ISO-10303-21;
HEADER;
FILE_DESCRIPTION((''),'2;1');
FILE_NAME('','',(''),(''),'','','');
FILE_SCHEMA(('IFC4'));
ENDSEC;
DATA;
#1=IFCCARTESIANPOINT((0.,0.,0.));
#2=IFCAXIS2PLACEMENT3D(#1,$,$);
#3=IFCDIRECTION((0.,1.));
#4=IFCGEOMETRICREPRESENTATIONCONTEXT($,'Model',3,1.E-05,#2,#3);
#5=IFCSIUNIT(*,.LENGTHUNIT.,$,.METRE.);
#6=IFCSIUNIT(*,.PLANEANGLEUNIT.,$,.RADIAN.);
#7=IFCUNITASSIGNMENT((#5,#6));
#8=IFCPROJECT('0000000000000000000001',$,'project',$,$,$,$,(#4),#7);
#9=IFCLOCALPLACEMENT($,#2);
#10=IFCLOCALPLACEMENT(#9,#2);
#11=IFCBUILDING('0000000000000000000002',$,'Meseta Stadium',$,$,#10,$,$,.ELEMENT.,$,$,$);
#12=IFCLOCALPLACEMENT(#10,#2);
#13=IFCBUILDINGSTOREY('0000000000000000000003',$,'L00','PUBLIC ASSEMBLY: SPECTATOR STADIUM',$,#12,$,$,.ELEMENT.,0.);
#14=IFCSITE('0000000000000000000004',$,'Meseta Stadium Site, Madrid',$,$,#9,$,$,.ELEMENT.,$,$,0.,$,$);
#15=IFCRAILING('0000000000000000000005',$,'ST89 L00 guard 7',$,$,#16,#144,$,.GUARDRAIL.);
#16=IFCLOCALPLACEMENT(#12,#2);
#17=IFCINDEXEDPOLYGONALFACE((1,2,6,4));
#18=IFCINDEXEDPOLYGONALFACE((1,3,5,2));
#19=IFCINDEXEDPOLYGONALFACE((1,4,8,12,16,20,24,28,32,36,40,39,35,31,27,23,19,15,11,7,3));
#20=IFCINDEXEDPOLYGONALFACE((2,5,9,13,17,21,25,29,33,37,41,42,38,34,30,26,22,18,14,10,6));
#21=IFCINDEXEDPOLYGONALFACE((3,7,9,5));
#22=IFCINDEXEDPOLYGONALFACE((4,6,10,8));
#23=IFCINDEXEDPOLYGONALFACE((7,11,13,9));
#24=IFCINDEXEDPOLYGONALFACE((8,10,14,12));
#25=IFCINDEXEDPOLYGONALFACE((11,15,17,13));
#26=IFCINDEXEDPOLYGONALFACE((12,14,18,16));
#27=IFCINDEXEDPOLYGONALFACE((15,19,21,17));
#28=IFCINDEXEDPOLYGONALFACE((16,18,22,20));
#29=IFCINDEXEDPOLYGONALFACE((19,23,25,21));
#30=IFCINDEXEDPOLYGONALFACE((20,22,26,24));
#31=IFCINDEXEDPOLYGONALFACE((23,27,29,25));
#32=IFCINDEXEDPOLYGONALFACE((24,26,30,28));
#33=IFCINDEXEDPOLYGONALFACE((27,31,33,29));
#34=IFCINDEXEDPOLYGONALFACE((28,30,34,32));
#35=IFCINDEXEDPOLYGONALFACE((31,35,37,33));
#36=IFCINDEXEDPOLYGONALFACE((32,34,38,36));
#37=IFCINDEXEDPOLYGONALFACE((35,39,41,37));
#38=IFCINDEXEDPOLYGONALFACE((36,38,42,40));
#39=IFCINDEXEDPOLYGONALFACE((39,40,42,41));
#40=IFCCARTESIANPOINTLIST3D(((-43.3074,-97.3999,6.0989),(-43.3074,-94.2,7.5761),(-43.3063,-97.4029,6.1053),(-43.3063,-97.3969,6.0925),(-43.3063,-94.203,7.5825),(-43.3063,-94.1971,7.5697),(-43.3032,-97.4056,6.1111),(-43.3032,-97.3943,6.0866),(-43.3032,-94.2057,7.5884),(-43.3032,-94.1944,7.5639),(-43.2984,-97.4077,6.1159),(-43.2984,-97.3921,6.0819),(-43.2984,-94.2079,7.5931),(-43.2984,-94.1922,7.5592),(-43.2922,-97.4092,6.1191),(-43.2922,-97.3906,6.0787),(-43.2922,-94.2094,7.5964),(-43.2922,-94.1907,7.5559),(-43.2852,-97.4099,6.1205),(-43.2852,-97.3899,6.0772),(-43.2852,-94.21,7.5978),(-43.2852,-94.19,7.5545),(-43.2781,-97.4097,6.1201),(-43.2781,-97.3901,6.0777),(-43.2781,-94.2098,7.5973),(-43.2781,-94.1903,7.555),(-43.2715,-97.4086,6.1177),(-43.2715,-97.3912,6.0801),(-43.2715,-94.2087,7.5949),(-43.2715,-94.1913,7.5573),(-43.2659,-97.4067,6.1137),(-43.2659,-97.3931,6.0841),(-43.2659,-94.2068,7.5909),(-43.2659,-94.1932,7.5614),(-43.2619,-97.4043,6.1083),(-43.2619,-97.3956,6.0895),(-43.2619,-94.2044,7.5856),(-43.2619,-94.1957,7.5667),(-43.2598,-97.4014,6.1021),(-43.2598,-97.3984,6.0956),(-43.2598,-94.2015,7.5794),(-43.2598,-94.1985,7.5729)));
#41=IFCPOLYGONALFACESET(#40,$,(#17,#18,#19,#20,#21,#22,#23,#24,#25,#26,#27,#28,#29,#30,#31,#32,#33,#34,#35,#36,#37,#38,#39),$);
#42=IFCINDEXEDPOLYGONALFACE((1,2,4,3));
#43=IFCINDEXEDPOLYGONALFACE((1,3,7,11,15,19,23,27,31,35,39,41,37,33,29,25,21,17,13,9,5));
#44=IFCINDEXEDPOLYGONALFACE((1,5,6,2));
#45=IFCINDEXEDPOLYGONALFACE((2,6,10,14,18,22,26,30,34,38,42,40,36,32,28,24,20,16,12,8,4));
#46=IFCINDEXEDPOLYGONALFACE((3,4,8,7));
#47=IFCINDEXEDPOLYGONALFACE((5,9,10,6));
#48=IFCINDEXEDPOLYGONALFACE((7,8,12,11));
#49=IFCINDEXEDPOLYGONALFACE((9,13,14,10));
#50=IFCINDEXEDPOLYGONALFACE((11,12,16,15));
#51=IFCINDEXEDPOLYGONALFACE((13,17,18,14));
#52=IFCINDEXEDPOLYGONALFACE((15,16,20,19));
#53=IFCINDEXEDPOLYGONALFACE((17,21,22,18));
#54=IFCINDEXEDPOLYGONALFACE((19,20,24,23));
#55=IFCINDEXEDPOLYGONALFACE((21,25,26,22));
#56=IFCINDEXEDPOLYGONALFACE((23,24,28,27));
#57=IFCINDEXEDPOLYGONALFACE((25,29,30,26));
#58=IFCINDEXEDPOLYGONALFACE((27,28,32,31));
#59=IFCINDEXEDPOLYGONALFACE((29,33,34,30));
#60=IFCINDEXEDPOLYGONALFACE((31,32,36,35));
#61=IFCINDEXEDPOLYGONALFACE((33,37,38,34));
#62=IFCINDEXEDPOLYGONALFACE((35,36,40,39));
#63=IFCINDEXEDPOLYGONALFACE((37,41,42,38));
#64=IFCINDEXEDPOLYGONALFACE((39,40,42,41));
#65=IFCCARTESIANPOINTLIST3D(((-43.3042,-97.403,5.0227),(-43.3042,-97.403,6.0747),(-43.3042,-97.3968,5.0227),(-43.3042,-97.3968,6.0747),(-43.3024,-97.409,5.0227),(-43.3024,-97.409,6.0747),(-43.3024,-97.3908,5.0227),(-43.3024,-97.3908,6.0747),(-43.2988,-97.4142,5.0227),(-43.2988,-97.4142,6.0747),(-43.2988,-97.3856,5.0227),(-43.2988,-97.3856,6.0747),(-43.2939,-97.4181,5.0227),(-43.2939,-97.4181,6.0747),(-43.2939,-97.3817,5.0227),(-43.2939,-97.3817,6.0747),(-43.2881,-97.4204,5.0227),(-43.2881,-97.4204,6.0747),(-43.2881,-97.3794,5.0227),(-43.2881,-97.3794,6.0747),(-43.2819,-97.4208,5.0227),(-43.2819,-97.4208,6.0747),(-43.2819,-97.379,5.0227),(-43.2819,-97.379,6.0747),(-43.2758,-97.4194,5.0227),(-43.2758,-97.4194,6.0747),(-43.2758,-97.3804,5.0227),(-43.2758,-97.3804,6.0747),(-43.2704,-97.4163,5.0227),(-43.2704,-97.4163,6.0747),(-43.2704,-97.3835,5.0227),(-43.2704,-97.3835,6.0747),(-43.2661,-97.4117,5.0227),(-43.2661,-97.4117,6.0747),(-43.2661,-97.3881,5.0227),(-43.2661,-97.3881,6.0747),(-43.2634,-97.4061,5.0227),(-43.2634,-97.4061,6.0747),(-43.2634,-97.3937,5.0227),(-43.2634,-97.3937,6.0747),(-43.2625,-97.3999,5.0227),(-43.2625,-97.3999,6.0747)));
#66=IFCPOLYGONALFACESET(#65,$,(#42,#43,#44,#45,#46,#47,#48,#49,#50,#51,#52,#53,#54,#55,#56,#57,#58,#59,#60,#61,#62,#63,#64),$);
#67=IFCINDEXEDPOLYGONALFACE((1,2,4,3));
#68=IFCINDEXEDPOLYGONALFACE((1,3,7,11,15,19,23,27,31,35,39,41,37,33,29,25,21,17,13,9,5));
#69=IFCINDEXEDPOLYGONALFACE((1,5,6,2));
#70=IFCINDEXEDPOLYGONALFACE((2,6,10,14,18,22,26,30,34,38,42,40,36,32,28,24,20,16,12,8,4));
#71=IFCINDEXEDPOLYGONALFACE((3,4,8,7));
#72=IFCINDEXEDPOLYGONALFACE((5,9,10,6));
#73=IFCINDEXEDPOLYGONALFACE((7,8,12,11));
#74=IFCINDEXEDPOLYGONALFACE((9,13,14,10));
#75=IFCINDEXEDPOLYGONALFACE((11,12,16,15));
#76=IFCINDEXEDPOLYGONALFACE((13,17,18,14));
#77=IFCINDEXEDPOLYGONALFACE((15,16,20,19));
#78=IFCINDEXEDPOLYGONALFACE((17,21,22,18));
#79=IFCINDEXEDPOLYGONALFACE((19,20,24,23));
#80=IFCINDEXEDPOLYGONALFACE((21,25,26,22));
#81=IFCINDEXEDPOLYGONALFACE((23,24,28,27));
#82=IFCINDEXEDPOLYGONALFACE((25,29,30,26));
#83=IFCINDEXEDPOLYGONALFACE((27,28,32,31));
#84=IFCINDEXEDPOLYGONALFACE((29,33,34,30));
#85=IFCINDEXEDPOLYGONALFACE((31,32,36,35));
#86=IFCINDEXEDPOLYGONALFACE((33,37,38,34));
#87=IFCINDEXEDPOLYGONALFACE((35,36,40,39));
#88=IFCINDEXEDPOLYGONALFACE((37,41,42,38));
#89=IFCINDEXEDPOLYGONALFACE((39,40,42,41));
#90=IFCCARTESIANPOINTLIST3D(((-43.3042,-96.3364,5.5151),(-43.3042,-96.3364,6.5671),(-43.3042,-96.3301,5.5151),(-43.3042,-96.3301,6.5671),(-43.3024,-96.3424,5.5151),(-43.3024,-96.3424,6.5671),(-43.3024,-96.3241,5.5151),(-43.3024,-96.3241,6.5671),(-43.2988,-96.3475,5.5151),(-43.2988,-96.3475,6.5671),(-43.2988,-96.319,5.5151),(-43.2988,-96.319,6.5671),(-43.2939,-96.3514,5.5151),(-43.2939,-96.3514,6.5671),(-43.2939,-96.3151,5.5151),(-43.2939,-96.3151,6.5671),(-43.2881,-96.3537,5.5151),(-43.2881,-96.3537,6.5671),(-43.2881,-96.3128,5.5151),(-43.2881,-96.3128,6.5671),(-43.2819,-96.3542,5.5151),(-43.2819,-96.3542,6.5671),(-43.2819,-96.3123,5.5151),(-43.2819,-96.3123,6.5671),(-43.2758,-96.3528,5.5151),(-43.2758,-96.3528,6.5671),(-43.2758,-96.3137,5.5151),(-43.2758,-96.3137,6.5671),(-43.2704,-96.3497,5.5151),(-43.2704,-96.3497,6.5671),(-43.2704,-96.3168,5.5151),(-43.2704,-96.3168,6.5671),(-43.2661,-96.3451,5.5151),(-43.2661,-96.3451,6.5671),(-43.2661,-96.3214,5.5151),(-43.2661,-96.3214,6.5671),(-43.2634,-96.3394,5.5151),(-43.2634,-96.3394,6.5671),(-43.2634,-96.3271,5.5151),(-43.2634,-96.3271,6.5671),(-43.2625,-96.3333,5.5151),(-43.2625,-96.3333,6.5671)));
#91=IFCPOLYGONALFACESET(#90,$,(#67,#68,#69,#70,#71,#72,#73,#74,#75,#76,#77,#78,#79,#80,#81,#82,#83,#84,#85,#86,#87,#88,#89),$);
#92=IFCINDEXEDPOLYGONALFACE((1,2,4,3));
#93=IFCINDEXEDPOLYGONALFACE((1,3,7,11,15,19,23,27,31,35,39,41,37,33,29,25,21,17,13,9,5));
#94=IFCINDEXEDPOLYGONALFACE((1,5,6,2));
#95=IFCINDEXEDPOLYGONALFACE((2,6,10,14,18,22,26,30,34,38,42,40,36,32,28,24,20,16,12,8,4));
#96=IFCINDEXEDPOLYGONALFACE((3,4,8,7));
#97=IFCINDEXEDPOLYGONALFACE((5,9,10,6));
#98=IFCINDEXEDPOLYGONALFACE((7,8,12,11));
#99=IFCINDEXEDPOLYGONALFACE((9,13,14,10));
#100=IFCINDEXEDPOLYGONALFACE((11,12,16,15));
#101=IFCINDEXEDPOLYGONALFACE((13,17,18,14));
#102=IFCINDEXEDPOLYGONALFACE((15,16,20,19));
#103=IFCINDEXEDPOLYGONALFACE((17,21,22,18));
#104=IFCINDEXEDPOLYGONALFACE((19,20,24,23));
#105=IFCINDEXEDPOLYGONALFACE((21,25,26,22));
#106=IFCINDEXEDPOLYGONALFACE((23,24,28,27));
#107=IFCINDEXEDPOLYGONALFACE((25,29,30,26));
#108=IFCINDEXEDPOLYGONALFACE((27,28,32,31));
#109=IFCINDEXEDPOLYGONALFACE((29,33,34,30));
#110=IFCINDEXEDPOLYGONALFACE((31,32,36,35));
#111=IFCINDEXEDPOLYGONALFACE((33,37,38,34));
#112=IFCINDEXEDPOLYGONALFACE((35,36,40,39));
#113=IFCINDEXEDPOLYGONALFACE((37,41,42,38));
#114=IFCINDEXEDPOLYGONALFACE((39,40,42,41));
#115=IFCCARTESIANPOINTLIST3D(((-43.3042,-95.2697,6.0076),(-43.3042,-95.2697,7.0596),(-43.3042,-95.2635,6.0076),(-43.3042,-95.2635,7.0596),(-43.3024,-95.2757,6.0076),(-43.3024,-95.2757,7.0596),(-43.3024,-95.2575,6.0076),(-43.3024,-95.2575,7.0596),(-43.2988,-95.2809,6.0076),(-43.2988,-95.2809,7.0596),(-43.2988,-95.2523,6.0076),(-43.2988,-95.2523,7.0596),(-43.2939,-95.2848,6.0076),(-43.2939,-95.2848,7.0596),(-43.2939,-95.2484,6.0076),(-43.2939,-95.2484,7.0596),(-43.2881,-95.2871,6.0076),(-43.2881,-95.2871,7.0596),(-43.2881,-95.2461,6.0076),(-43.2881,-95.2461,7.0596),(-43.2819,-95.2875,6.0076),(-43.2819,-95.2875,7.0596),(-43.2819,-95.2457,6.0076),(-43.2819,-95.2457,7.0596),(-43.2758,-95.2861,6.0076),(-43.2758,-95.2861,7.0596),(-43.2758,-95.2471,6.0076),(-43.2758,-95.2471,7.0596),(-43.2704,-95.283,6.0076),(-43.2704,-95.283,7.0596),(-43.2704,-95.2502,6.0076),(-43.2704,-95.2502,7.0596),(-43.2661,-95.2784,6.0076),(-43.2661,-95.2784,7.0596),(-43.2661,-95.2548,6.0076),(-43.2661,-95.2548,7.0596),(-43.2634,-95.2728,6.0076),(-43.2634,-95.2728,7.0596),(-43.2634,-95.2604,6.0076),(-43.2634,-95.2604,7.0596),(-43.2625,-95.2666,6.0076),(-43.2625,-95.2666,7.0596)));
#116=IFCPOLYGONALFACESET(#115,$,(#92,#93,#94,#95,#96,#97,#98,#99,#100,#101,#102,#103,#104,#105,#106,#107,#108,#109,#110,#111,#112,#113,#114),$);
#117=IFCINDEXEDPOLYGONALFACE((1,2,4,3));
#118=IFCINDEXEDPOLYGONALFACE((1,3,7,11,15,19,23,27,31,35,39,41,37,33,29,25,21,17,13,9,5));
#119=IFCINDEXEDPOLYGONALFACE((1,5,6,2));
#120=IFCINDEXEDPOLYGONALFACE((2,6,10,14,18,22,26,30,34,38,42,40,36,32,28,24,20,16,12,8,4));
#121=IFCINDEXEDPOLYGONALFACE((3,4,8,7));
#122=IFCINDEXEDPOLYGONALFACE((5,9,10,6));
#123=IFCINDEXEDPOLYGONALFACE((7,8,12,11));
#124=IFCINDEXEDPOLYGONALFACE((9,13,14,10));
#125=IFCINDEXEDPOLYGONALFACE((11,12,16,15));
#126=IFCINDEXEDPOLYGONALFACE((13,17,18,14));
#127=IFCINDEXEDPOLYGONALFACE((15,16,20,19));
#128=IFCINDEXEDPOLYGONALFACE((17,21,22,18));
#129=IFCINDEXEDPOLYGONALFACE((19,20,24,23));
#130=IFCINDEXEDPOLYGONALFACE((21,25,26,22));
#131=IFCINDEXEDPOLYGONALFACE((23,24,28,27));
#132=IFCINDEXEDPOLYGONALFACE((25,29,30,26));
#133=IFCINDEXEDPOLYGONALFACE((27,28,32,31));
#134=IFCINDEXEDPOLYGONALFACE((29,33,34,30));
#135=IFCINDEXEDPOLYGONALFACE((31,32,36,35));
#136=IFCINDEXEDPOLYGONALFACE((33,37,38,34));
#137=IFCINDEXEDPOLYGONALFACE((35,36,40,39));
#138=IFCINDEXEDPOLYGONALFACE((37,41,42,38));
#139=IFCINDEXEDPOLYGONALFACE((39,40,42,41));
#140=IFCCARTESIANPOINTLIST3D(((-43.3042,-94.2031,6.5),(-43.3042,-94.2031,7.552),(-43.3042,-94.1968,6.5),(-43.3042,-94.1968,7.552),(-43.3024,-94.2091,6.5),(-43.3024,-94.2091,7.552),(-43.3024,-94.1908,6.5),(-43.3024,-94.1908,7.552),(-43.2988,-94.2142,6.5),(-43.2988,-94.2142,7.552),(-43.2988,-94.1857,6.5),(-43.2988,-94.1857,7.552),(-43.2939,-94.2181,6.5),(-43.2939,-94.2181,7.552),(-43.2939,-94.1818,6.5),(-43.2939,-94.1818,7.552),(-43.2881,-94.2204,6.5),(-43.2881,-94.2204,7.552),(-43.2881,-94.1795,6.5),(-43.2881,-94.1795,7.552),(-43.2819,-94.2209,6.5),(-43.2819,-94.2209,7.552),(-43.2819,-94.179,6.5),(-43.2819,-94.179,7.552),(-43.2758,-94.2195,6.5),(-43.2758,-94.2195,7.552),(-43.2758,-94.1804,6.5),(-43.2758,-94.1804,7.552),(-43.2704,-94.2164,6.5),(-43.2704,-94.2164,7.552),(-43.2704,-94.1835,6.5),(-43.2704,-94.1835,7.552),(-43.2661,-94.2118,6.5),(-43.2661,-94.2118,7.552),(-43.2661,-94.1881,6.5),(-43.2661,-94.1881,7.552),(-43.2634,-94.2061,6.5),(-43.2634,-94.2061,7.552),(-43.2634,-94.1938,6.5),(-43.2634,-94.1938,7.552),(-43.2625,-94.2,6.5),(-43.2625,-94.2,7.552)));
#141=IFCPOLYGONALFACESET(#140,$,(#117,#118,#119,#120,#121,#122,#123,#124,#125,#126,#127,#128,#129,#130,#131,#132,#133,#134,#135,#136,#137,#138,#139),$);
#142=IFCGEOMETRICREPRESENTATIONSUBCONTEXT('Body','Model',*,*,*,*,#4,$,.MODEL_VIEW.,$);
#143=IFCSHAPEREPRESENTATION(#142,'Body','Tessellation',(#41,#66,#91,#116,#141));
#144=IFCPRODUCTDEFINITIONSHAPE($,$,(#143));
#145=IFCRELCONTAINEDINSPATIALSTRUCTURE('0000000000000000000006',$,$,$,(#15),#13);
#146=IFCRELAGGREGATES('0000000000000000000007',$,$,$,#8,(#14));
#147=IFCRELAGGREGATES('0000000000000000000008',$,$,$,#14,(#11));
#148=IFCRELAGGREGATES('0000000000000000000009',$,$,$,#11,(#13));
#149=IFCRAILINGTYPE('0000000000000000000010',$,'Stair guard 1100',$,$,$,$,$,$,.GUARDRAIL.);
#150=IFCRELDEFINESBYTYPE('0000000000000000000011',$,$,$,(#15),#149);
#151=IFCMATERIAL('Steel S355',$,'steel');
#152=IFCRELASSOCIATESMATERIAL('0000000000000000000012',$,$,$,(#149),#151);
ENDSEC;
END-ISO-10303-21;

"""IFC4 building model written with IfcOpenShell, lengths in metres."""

from ifc_helpers import new_model, si_unit, direction, frame, origin, origin_2d, place, context, subcontext, project, spatial, circle, extrude, material, type_object, element, save


model = new_model("IFC4")

# Units and contexts
model_context = context("Model", 3, precision=1e-05, world=origin(), true_north=direction((0.0, 1.0)))
body_context = subcontext(model_context, "Body", "Model", "MODEL_VIEW")
ifc_project = project(units=[si_unit("LENGTHUNIT", "METRE"), si_unit("PLANEANGLEUNIT", "RADIAN")], contexts=[model_context])

# Site, building, storey
site_placement = place(None, origin())
site = spatial("IfcSite", under=ifc_project, at=site_placement, Name="Meseta Stadium Site, Madrid", CompositionType="ELEMENT", RefElevation=0.0)
building_placement = place(site_placement, origin())
building = spatial("IfcBuilding", under=site, at=building_placement, Name="Meseta Stadium", CompositionType="ELEMENT")
storey_placement = place(building_placement, origin())
storey = spatial("IfcBuildingStorey", under=building, at=storey_placement, Name="L00", Description="PUBLIC ASSEMBLY: SPECTATOR STADIUM", CompositionType="ELEMENT", Elevation=0.0)

# Railing
ifc_material_1 = material(Name="Steel S355", Category="steel")
railing_type_1 = type_object("IfcRailingType", Name="Stair guard 1100", PredefinedType="GUARDRAIL", material=ifc_material_1)
railing_1_placement = place(storey_placement, frame((-43.2834, -97.3999, 5.0227)))
element("IfcRailing", 1, at=railing_1_placement, inside=storey, type_object=railing_type_1, Name="ST89 L00 guard 7", PredefinedType="GUARDRAIL", context=body_context, shape_type="SweptSolid", body=[
    extrude(circle(Radius=0.0239, at=origin_2d()), frame((0.0, 0.0, 1.0762), z_axis=(0.0, 0.907917, 0.41915), x_axis=(-1.0, 0.0, 0.0)), (0.0, 0.0, 1.0), 3.5244),
    extrude(circle(Radius=0.021, at=origin_2d()), origin(), (0.0, 0.0, 1.0), 1.052),
    extrude(circle(Radius=0.021, at=origin_2d()), frame((0.0, 1.0667, 0.4924)), (0.0, 0.0, 1.0), 1.052),
    extrude(circle(Radius=0.021, at=origin_2d()), frame((0.0, 2.1333, 0.9849)), (0.0, 0.0, 1.0), 1.052),
    extrude(circle(Radius=0.021, at=origin_2d()), frame((0.0, 3.2, 1.4773)), (0.0, 0.0, 1.0), 1.052),
])

save(model, "model.ifc")
